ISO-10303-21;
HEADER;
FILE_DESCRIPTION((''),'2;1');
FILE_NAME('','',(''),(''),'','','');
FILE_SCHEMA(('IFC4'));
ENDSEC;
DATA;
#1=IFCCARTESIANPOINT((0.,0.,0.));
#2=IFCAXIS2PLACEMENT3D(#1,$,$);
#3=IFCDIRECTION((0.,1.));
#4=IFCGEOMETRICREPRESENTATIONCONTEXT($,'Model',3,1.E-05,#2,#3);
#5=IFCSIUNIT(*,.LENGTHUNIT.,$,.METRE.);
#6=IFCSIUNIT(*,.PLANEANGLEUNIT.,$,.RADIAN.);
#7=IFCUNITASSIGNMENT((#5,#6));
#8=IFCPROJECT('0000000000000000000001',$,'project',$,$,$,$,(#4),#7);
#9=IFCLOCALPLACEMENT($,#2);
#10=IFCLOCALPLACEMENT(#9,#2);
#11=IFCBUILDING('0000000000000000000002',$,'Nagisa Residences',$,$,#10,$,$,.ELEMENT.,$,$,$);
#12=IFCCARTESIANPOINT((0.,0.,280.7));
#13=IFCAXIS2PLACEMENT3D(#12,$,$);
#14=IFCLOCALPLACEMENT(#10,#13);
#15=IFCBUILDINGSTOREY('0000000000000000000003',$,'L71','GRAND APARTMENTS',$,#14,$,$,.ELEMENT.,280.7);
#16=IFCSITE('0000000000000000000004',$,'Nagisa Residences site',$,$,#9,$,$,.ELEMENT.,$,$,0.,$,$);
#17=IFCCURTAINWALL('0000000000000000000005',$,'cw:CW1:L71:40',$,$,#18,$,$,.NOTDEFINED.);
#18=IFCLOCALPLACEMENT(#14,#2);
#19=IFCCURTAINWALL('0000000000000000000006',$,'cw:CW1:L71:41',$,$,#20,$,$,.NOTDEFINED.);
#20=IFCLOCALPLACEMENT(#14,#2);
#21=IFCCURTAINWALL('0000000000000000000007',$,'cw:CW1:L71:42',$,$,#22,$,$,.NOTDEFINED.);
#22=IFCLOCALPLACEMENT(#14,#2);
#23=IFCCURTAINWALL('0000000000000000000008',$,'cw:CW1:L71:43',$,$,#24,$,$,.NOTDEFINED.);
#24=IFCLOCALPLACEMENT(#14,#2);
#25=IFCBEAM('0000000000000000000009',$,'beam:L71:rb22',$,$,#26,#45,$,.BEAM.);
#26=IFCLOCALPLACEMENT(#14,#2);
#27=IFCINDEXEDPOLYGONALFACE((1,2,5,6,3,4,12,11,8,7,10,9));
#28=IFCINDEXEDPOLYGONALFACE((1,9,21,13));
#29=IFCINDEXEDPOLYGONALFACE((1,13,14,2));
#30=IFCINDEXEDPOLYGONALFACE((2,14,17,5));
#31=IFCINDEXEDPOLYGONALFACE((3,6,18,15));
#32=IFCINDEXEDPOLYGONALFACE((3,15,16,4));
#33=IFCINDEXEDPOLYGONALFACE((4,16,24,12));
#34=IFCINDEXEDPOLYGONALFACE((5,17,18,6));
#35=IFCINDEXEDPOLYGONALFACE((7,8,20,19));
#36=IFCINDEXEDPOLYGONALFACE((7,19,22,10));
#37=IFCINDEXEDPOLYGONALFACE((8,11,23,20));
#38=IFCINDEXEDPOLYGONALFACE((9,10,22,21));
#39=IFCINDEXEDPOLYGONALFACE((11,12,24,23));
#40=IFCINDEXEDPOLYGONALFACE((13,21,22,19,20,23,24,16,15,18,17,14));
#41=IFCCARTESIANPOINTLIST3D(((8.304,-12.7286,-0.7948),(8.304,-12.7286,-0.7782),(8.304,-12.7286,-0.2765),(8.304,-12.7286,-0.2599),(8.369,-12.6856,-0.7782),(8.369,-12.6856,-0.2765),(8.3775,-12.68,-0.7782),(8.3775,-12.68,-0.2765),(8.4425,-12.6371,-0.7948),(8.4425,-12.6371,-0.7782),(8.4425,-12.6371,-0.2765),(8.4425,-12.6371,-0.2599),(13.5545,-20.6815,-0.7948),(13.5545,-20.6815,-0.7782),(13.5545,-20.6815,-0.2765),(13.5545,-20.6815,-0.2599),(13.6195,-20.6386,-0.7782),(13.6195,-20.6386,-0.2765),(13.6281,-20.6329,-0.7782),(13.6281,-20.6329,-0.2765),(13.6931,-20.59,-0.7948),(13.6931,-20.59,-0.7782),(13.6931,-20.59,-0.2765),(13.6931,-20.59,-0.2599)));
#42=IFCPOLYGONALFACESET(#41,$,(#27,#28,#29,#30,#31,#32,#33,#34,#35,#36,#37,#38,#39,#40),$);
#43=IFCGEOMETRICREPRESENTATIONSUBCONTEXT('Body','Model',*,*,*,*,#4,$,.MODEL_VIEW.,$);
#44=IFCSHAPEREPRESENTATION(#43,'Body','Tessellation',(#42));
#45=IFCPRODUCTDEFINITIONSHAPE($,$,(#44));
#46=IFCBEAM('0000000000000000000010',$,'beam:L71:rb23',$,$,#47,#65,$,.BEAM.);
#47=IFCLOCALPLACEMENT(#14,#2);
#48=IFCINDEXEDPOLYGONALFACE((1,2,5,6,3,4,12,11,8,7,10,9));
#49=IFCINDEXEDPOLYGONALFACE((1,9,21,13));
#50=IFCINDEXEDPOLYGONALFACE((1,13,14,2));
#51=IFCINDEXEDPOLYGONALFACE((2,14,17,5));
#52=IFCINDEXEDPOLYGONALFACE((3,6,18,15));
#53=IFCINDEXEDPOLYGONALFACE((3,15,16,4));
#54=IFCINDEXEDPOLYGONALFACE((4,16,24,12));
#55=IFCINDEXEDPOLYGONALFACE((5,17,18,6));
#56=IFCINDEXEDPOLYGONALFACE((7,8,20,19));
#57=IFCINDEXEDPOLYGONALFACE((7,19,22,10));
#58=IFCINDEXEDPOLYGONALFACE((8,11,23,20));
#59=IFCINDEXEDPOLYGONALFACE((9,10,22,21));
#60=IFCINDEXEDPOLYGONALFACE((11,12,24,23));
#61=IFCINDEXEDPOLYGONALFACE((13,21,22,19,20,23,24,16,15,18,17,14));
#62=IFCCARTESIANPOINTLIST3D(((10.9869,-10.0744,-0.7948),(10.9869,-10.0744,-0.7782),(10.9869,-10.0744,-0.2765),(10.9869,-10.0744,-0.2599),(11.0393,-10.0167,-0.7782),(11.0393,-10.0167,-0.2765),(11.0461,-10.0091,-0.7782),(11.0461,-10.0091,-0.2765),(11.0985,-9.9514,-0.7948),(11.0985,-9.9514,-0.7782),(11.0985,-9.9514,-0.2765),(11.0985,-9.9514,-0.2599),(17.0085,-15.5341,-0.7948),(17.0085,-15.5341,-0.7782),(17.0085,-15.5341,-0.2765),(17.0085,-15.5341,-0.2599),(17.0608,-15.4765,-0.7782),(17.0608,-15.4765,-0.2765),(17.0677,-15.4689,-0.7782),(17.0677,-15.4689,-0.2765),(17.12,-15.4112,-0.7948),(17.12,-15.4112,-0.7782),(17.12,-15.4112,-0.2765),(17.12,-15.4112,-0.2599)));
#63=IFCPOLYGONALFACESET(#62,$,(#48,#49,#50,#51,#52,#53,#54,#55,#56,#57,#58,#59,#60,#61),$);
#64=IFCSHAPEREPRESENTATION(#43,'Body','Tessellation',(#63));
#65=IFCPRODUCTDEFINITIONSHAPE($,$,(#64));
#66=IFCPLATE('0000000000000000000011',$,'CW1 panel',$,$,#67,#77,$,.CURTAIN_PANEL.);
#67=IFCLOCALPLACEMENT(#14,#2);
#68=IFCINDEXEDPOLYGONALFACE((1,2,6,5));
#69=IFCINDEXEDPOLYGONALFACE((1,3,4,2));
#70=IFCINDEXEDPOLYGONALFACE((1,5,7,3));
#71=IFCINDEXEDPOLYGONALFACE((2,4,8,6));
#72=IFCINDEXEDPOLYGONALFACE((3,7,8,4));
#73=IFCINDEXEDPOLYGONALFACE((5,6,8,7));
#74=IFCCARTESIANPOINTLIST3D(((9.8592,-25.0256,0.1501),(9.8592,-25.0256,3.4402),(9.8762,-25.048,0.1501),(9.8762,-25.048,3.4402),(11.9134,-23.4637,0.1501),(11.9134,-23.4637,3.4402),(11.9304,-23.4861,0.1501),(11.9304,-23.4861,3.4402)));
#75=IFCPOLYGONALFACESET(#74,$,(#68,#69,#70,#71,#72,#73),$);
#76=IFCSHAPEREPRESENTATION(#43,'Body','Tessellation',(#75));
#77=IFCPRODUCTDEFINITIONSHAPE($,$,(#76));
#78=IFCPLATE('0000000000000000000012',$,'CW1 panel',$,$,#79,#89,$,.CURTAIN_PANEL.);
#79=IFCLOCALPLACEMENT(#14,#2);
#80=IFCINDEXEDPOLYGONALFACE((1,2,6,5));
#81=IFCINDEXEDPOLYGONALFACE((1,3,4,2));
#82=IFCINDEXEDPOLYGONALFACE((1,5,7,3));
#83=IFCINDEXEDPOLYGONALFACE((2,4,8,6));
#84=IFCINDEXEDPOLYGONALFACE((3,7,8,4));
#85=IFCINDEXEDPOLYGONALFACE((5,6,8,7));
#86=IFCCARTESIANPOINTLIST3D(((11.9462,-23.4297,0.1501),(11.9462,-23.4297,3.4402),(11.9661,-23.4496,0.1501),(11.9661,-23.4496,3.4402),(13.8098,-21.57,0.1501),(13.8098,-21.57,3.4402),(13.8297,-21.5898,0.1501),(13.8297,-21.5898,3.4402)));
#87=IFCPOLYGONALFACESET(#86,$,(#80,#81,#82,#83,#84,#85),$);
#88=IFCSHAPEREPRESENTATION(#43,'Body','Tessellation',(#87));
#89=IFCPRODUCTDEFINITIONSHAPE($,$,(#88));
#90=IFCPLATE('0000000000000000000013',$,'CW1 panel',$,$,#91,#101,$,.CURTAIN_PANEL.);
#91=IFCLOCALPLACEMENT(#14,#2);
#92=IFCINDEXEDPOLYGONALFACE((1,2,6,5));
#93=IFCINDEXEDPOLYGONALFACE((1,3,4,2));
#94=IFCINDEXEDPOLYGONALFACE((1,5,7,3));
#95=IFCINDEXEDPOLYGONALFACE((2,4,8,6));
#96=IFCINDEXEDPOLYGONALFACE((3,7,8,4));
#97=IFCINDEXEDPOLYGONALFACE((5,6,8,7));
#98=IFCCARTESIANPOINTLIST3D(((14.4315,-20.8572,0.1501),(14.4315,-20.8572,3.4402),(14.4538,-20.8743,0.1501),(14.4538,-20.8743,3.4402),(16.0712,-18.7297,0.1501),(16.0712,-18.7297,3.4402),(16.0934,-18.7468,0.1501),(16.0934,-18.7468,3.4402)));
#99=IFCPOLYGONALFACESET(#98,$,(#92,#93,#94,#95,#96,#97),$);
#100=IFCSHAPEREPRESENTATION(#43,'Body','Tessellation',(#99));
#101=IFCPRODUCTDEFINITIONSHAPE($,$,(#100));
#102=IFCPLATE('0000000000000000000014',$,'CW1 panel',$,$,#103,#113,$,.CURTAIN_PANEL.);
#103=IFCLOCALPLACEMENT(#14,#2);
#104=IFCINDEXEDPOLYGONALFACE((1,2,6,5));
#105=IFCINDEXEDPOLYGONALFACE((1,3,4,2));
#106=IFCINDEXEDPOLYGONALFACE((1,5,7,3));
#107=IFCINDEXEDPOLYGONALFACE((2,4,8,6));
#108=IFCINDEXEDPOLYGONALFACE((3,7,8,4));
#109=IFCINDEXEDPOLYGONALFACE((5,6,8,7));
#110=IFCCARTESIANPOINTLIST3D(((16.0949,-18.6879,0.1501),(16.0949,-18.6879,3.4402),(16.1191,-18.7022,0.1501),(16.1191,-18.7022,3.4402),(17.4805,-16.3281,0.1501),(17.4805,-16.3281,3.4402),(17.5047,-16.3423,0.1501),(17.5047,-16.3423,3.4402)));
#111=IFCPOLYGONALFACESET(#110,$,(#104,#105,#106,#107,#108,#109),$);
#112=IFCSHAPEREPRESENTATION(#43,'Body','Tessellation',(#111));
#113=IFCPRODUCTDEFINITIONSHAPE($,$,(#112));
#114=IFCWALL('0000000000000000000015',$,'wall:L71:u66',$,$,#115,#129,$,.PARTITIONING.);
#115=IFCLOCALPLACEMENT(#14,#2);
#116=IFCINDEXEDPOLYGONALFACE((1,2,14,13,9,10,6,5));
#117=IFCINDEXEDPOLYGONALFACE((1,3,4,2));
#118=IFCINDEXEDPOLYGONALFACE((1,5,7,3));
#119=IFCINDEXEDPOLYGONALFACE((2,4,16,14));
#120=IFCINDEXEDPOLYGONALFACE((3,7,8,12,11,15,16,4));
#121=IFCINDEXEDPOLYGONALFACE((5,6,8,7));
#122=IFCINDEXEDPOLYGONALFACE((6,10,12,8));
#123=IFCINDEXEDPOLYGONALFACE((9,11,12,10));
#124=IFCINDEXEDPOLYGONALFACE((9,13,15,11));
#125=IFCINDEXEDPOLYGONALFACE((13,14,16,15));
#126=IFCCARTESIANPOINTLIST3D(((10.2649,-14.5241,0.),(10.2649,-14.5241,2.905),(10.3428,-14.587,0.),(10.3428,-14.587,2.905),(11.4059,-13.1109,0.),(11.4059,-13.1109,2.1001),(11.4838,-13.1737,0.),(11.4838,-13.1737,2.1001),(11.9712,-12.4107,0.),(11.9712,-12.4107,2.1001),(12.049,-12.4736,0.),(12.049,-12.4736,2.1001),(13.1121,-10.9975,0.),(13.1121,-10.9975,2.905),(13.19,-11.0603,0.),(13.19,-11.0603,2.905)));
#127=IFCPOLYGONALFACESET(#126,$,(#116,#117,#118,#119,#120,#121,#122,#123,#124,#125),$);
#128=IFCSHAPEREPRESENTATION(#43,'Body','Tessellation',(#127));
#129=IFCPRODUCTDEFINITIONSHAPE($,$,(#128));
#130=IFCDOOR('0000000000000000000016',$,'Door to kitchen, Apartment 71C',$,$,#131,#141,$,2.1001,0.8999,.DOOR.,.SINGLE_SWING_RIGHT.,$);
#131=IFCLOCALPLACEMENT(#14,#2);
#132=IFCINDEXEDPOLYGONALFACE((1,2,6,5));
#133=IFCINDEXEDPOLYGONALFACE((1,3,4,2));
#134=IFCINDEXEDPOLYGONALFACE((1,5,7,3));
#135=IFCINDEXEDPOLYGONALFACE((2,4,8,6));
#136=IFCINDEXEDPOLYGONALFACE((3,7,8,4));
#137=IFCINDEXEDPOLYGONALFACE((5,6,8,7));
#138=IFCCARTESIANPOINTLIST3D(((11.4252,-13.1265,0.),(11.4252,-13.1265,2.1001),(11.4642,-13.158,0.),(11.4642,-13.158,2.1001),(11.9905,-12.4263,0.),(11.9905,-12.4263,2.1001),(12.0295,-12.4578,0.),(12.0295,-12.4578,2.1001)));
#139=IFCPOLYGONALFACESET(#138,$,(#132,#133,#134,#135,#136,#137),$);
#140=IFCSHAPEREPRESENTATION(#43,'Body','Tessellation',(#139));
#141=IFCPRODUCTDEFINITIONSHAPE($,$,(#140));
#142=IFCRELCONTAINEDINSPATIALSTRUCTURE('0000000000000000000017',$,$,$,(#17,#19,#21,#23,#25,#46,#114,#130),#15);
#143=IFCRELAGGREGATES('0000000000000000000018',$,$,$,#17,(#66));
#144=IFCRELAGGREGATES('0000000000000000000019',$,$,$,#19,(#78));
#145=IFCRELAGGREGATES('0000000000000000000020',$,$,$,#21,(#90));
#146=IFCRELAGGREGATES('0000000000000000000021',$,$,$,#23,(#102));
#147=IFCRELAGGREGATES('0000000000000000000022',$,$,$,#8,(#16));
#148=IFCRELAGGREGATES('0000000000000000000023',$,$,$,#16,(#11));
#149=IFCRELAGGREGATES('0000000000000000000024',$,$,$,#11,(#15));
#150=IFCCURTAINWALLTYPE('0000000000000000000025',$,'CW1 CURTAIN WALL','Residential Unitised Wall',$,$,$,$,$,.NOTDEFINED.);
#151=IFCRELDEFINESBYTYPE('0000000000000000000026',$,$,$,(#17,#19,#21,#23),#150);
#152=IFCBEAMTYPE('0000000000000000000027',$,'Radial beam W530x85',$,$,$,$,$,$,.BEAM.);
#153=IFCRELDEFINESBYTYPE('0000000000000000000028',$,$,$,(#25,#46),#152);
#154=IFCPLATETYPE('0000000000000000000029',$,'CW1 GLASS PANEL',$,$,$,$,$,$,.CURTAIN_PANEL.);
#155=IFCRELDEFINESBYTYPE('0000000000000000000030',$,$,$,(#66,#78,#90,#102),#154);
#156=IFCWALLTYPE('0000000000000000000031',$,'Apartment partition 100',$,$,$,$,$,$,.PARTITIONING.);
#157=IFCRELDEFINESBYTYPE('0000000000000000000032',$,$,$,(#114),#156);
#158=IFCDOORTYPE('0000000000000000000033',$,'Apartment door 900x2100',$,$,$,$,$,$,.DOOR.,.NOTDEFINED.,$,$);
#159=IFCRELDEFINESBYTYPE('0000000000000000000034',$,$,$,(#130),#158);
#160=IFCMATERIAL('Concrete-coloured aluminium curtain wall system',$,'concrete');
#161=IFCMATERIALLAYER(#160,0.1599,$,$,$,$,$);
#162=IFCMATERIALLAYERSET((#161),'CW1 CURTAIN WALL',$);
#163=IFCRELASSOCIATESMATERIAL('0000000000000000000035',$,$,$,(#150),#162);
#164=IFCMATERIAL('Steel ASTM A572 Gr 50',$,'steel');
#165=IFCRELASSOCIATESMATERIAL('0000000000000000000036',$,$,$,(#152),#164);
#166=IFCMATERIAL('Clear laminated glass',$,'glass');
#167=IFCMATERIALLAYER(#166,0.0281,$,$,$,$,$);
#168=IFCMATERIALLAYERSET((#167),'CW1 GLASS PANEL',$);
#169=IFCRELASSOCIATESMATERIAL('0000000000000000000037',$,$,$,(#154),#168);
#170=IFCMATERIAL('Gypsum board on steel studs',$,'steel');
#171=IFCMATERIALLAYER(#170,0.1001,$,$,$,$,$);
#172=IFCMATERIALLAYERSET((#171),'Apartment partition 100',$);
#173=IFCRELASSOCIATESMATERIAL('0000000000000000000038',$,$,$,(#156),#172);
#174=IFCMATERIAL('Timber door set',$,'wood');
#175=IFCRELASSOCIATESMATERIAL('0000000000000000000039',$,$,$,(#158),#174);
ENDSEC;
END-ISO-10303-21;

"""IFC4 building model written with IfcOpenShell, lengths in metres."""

from ifc_helpers import new_model, si_unit, direction, frame, frame_2d, origin, origin_2d, place, context, subcontext, project, spatial, rectangle, i_section, extrude, material, layer, layer_set, material_profile, profile_set, type_object, element, fill, aggregate, save


model = new_model("IFC4")

# Units and contexts
model_context = context("Model", 3, precision=1e-05, world=origin(), true_north=direction((0.0, 1.0)))
body_context = subcontext(model_context, "Body", "Model", "MODEL_VIEW")
ifc_project = project(units=[si_unit("LENGTHUNIT", "METRE"), si_unit("PLANEANGLEUNIT", "RADIAN")], contexts=[model_context])

# Site, building, storey
site_placement = place(None, origin())
site = spatial("IfcSite", under=ifc_project, at=site_placement, Name="Nagisa Residences site", CompositionType="ELEMENT", RefElevation=0.0)
building_placement = place(site_placement, origin())
building = spatial("IfcBuilding", under=site, at=building_placement, Name="Nagisa Residences", CompositionType="ELEMENT")
storey_placement = place(building_placement, frame((0.0, 0.0, 280.7)))
storey = spatial("IfcBuildingStorey", under=building, at=storey_placement, Name="L71", Description="GRAND APARTMENTS", CompositionType="ELEMENT", Elevation=280.7)

# Curtain walls
ifc_material_1 = material(Name="Concrete-coloured aluminium curtain wall system", Category="concrete")
ifc_layer_1 = layer(ifc_material_1, 0.1599)
ifc_layer_set_1 = layer_set([ifc_layer_1], Name="CW1 CURTAIN WALL")
curtain_wall_type = type_object("IfcCurtainWallType", Name="CW1 CURTAIN WALL", Description="Residential Unitised Wall", PredefinedType="NOTDEFINED", material=ifc_layer_set_1)
curtain_wall_1_placement = place(storey_placement, origin())
curtain_wall_1 = element("IfcCurtainWall", 1, at=curtain_wall_1_placement, inside=storey, type_object=curtain_wall_type, Name="cw:CW1:L71:40", PredefinedType="NOTDEFINED")
curtain_wall_2_placement = place(storey_placement, origin())
curtain_wall_2 = element("IfcCurtainWall", 2, at=curtain_wall_2_placement, inside=storey, type_object=curtain_wall_type, Name="cw:CW1:L71:41", PredefinedType="NOTDEFINED")
curtain_wall_3_placement = place(storey_placement, origin())
curtain_wall_3 = element("IfcCurtainWall", 3, at=curtain_wall_3_placement, inside=storey, type_object=curtain_wall_type, Name="cw:CW1:L71:42", PredefinedType="NOTDEFINED")
curtain_wall_4_placement = place(storey_placement, origin())
curtain_wall_4 = element("IfcCurtainWall", 4, at=curtain_wall_4_placement, inside=storey, type_object=curtain_wall_type, Name="cw:CW1:L71:43", PredefinedType="NOTDEFINED")

# Beams
ifc_material_2 = material(Name="Steel ASTM A572 Gr 50", Category="steel")
ifc_material_profile_1 = material_profile(ifc_material_2, i_section(OverallWidth=0.166, OverallDepth=0.5349, WebThickness=0.0103, FlangeThickness=0.0166, at=origin_2d()), Name="W530x85")
ifc_profile_set_1 = profile_set([ifc_material_profile_1], Name="Steel ASTM A572 Gr 50")
beam_type_1 = type_object("IfcBeamType", Name="Radial beam W530x85", PredefinedType="BEAM", material=ifc_profile_set_1)
beam_1_placement = place(storey_placement, frame((13.6238, -20.6357, -0.5273), z_axis=(-0.550958, 0.834533, 0.0), x_axis=(-0.834533, -0.550958, 0.0)))
element("IfcBeam", 5, at=beam_1_placement, inside=storey, type_object=beam_type_1, Name="beam:L71:rb22", PredefinedType="BEAM", context=body_context, shape_type="SweptSolid", body=[
    extrude(i_section(OverallWidth=0.166, OverallDepth=0.5349, WebThickness=0.0103, FlangeThickness=0.0166, at=origin_2d()), origin(), (0.0, 0.0, 1.0), 9.5298),
])
beam_2_placement = place(storey_placement, frame((17.0642, -15.4727, -0.5273), z_axis=(-0.740819, 0.671705, 0.0), x_axis=(-0.671705, -0.740819, 0.0)))
element("IfcBeam", 6, at=beam_2_placement, inside=storey, type_object=beam_type_1, Name="beam:L71:rb23", PredefinedType="BEAM", context=body_context, shape_type="SweptSolid", body=[
    extrude(i_section(OverallWidth=0.166, OverallDepth=0.5349, WebThickness=0.0103, FlangeThickness=0.0166, at=origin_2d()), origin(), (0.0, 0.0, 1.0), 8.1282),
])

# Plates
ifc_material_3 = material(Name="Clear laminated glass", Category="glass")
ifc_layer_2 = layer(ifc_material_3, 0.0281)
ifc_layer_set_2 = layer_set([ifc_layer_2], Name="CW1 GLASS PANEL")
plate_type = type_object("IfcPlateType", Name="CW1 GLASS PANEL", PredefinedType="CURTAIN_PANEL", material=ifc_layer_set_2)
plate_1_placement = place(storey_placement, frame((10.8948, -24.2559, 0.1501), z_axis=(0.0, 0.0, 1.0), x_axis=(0.796031, 0.605255, 0.0)))
plate_1 = element("IfcPlate", 7, at=plate_1_placement, type_object=plate_type, Name="CW1 panel", PredefinedType="CURTAIN_PANEL", context=body_context, shape_type="SweptSolid", body=[
    extrude(rectangle(XDim=2.5806, YDim=0.0281, at=origin_2d()), origin(), (0.0, 0.0, 1.0), 3.29),
])
aggregate(curtain_wall_1, [plate_1])
plate_2_placement = place(storey_placement, frame((12.8879, -22.5098, 0.1501), z_axis=(0.0, 0.0, 1.0), x_axis=(0.707836, 0.706377, 0.0)))
plate_2 = element("IfcPlate", 8, at=plate_2_placement, type_object=plate_type, Name="CW1 panel", PredefinedType="CURTAIN_PANEL", context=body_context, shape_type="SweptSolid", body=[
    extrude(rectangle(XDim=2.6328, YDim=0.0281, at=origin_2d()), origin(), (0.0, 0.0, 1.0), 3.29),
])
aggregate(curtain_wall_2, [plate_2])
plate_3_placement = place(storey_placement, frame((15.2625, -19.802, 0.1501), z_axis=(0.0, 0.0, 1.0), x_axis=(0.61043, 0.79207, 0.0)))
plate_3 = element("IfcPlate", 9, at=plate_3_placement, type_object=plate_type, Name="CW1 panel", PredefinedType="CURTAIN_PANEL", context=body_context, shape_type="SweptSolid", body=[
    extrude(rectangle(XDim=2.686, YDim=0.0281, at=origin_2d()), origin(), (0.0, 0.0, 1.0), 3.29),
])
aggregate(curtain_wall_3, [plate_3])
plate_4_placement = place(storey_placement, frame((16.7998, -17.5151, 0.1501), z_axis=(0.0, 0.0, 1.0), x_axis=(0.506349, 0.862329, 0.0)))
plate_4 = element("IfcPlate", 10, at=plate_4_placement, type_object=plate_type, Name="CW1 panel", PredefinedType="CURTAIN_PANEL", context=body_context, shape_type="SweptSolid", body=[
    extrude(rectangle(XDim=2.7366, YDim=0.0281, at=origin_2d()), origin(), (0.0, 0.0, 1.0), 3.29),
])
aggregate(curtain_wall_4, [plate_4])

# Wall, opening, door
ifc_material_4 = material(Name="Gypsum board on steel studs", Category="steel")
ifc_layer_3 = layer(ifc_material_4, 0.1001)
ifc_layer_set_3 = layer_set([ifc_layer_3], Name="Apartment partition 100")
wall_type_1 = type_object("IfcWallType", Name="Apartment partition 100", PredefinedType="PARTITIONING", material=ifc_layer_set_3)
wall_1_placement = place(storey_placement, frame((10.304, -14.5554, 0.0), z_axis=(0.0, 0.0, 1.0), x_axis=(0.62817, 0.778076, 0.0)))
wall_1 = element("IfcWall", 11, at=wall_1_placement, inside=storey, type_object=wall_type_1, Name="wall:L71:u66", PredefinedType="PARTITIONING", context=body_context, shape_type="SweptSolid", body=[
    extrude(rectangle(XDim=4.5325, YDim=0.1001, at=frame_2d((2.2661, 0.0))), origin(), (0.0, 0.0, 1.0), 2.905),
])
opening_1_placement = place(wall_1_placement, frame((1.8162, 0.0, 0.0)))
opening_1 = element("IfcOpeningElement", 12, at=opening_1_placement, cuts=wall_1, PredefinedType="OPENING", context=body_context, shape_type="SweptSolid", body=[
    extrude(rectangle(XDim=0.8999, YDim=2.1001, at=frame_2d((0.45, 1.05))), frame((0.0, 0.0601, 0.0), z_axis=(0.0, -1.0, 0.0), x_axis=(1.0, 0.0, 0.0)), (0.0, 0.0, 1.0), 0.1201),
])
ifc_material_5 = material(Name="Timber door set", Category="wood")
door_type_1 = type_object("IfcDoorType", Name="Apartment door 900x2100", OperationType="NOTDEFINED", PredefinedType="DOOR", material=ifc_material_5)
door_1_placement = place(opening_1_placement, frame((0.8999, 0.0, 0.0), x_axis=(-1.0, 0.0, 0.0)))
door_1 = element("IfcDoor", 13, at=door_1_placement, inside=storey, type_object=door_type_1, Name="Door to kitchen, Apartment 71C", OperationType="SINGLE_SWING_RIGHT", OverallHeight=2.1001, OverallWidth=0.8999, PredefinedType="DOOR", context=body_context, shape_type="SweptSolid", body=[
    extrude(rectangle(XDim=0.8999, YDim=2.1001, at=frame_2d((0.45, 1.05))), frame((0.0, 0.0249, 0.0), z_axis=(0.0, -1.0, 0.0), x_axis=(1.0, 0.0, 0.0)), (0.0, 0.0, 1.0), 0.05),
])
fill(opening_1, door_1)

save(model, "model.ifc")
